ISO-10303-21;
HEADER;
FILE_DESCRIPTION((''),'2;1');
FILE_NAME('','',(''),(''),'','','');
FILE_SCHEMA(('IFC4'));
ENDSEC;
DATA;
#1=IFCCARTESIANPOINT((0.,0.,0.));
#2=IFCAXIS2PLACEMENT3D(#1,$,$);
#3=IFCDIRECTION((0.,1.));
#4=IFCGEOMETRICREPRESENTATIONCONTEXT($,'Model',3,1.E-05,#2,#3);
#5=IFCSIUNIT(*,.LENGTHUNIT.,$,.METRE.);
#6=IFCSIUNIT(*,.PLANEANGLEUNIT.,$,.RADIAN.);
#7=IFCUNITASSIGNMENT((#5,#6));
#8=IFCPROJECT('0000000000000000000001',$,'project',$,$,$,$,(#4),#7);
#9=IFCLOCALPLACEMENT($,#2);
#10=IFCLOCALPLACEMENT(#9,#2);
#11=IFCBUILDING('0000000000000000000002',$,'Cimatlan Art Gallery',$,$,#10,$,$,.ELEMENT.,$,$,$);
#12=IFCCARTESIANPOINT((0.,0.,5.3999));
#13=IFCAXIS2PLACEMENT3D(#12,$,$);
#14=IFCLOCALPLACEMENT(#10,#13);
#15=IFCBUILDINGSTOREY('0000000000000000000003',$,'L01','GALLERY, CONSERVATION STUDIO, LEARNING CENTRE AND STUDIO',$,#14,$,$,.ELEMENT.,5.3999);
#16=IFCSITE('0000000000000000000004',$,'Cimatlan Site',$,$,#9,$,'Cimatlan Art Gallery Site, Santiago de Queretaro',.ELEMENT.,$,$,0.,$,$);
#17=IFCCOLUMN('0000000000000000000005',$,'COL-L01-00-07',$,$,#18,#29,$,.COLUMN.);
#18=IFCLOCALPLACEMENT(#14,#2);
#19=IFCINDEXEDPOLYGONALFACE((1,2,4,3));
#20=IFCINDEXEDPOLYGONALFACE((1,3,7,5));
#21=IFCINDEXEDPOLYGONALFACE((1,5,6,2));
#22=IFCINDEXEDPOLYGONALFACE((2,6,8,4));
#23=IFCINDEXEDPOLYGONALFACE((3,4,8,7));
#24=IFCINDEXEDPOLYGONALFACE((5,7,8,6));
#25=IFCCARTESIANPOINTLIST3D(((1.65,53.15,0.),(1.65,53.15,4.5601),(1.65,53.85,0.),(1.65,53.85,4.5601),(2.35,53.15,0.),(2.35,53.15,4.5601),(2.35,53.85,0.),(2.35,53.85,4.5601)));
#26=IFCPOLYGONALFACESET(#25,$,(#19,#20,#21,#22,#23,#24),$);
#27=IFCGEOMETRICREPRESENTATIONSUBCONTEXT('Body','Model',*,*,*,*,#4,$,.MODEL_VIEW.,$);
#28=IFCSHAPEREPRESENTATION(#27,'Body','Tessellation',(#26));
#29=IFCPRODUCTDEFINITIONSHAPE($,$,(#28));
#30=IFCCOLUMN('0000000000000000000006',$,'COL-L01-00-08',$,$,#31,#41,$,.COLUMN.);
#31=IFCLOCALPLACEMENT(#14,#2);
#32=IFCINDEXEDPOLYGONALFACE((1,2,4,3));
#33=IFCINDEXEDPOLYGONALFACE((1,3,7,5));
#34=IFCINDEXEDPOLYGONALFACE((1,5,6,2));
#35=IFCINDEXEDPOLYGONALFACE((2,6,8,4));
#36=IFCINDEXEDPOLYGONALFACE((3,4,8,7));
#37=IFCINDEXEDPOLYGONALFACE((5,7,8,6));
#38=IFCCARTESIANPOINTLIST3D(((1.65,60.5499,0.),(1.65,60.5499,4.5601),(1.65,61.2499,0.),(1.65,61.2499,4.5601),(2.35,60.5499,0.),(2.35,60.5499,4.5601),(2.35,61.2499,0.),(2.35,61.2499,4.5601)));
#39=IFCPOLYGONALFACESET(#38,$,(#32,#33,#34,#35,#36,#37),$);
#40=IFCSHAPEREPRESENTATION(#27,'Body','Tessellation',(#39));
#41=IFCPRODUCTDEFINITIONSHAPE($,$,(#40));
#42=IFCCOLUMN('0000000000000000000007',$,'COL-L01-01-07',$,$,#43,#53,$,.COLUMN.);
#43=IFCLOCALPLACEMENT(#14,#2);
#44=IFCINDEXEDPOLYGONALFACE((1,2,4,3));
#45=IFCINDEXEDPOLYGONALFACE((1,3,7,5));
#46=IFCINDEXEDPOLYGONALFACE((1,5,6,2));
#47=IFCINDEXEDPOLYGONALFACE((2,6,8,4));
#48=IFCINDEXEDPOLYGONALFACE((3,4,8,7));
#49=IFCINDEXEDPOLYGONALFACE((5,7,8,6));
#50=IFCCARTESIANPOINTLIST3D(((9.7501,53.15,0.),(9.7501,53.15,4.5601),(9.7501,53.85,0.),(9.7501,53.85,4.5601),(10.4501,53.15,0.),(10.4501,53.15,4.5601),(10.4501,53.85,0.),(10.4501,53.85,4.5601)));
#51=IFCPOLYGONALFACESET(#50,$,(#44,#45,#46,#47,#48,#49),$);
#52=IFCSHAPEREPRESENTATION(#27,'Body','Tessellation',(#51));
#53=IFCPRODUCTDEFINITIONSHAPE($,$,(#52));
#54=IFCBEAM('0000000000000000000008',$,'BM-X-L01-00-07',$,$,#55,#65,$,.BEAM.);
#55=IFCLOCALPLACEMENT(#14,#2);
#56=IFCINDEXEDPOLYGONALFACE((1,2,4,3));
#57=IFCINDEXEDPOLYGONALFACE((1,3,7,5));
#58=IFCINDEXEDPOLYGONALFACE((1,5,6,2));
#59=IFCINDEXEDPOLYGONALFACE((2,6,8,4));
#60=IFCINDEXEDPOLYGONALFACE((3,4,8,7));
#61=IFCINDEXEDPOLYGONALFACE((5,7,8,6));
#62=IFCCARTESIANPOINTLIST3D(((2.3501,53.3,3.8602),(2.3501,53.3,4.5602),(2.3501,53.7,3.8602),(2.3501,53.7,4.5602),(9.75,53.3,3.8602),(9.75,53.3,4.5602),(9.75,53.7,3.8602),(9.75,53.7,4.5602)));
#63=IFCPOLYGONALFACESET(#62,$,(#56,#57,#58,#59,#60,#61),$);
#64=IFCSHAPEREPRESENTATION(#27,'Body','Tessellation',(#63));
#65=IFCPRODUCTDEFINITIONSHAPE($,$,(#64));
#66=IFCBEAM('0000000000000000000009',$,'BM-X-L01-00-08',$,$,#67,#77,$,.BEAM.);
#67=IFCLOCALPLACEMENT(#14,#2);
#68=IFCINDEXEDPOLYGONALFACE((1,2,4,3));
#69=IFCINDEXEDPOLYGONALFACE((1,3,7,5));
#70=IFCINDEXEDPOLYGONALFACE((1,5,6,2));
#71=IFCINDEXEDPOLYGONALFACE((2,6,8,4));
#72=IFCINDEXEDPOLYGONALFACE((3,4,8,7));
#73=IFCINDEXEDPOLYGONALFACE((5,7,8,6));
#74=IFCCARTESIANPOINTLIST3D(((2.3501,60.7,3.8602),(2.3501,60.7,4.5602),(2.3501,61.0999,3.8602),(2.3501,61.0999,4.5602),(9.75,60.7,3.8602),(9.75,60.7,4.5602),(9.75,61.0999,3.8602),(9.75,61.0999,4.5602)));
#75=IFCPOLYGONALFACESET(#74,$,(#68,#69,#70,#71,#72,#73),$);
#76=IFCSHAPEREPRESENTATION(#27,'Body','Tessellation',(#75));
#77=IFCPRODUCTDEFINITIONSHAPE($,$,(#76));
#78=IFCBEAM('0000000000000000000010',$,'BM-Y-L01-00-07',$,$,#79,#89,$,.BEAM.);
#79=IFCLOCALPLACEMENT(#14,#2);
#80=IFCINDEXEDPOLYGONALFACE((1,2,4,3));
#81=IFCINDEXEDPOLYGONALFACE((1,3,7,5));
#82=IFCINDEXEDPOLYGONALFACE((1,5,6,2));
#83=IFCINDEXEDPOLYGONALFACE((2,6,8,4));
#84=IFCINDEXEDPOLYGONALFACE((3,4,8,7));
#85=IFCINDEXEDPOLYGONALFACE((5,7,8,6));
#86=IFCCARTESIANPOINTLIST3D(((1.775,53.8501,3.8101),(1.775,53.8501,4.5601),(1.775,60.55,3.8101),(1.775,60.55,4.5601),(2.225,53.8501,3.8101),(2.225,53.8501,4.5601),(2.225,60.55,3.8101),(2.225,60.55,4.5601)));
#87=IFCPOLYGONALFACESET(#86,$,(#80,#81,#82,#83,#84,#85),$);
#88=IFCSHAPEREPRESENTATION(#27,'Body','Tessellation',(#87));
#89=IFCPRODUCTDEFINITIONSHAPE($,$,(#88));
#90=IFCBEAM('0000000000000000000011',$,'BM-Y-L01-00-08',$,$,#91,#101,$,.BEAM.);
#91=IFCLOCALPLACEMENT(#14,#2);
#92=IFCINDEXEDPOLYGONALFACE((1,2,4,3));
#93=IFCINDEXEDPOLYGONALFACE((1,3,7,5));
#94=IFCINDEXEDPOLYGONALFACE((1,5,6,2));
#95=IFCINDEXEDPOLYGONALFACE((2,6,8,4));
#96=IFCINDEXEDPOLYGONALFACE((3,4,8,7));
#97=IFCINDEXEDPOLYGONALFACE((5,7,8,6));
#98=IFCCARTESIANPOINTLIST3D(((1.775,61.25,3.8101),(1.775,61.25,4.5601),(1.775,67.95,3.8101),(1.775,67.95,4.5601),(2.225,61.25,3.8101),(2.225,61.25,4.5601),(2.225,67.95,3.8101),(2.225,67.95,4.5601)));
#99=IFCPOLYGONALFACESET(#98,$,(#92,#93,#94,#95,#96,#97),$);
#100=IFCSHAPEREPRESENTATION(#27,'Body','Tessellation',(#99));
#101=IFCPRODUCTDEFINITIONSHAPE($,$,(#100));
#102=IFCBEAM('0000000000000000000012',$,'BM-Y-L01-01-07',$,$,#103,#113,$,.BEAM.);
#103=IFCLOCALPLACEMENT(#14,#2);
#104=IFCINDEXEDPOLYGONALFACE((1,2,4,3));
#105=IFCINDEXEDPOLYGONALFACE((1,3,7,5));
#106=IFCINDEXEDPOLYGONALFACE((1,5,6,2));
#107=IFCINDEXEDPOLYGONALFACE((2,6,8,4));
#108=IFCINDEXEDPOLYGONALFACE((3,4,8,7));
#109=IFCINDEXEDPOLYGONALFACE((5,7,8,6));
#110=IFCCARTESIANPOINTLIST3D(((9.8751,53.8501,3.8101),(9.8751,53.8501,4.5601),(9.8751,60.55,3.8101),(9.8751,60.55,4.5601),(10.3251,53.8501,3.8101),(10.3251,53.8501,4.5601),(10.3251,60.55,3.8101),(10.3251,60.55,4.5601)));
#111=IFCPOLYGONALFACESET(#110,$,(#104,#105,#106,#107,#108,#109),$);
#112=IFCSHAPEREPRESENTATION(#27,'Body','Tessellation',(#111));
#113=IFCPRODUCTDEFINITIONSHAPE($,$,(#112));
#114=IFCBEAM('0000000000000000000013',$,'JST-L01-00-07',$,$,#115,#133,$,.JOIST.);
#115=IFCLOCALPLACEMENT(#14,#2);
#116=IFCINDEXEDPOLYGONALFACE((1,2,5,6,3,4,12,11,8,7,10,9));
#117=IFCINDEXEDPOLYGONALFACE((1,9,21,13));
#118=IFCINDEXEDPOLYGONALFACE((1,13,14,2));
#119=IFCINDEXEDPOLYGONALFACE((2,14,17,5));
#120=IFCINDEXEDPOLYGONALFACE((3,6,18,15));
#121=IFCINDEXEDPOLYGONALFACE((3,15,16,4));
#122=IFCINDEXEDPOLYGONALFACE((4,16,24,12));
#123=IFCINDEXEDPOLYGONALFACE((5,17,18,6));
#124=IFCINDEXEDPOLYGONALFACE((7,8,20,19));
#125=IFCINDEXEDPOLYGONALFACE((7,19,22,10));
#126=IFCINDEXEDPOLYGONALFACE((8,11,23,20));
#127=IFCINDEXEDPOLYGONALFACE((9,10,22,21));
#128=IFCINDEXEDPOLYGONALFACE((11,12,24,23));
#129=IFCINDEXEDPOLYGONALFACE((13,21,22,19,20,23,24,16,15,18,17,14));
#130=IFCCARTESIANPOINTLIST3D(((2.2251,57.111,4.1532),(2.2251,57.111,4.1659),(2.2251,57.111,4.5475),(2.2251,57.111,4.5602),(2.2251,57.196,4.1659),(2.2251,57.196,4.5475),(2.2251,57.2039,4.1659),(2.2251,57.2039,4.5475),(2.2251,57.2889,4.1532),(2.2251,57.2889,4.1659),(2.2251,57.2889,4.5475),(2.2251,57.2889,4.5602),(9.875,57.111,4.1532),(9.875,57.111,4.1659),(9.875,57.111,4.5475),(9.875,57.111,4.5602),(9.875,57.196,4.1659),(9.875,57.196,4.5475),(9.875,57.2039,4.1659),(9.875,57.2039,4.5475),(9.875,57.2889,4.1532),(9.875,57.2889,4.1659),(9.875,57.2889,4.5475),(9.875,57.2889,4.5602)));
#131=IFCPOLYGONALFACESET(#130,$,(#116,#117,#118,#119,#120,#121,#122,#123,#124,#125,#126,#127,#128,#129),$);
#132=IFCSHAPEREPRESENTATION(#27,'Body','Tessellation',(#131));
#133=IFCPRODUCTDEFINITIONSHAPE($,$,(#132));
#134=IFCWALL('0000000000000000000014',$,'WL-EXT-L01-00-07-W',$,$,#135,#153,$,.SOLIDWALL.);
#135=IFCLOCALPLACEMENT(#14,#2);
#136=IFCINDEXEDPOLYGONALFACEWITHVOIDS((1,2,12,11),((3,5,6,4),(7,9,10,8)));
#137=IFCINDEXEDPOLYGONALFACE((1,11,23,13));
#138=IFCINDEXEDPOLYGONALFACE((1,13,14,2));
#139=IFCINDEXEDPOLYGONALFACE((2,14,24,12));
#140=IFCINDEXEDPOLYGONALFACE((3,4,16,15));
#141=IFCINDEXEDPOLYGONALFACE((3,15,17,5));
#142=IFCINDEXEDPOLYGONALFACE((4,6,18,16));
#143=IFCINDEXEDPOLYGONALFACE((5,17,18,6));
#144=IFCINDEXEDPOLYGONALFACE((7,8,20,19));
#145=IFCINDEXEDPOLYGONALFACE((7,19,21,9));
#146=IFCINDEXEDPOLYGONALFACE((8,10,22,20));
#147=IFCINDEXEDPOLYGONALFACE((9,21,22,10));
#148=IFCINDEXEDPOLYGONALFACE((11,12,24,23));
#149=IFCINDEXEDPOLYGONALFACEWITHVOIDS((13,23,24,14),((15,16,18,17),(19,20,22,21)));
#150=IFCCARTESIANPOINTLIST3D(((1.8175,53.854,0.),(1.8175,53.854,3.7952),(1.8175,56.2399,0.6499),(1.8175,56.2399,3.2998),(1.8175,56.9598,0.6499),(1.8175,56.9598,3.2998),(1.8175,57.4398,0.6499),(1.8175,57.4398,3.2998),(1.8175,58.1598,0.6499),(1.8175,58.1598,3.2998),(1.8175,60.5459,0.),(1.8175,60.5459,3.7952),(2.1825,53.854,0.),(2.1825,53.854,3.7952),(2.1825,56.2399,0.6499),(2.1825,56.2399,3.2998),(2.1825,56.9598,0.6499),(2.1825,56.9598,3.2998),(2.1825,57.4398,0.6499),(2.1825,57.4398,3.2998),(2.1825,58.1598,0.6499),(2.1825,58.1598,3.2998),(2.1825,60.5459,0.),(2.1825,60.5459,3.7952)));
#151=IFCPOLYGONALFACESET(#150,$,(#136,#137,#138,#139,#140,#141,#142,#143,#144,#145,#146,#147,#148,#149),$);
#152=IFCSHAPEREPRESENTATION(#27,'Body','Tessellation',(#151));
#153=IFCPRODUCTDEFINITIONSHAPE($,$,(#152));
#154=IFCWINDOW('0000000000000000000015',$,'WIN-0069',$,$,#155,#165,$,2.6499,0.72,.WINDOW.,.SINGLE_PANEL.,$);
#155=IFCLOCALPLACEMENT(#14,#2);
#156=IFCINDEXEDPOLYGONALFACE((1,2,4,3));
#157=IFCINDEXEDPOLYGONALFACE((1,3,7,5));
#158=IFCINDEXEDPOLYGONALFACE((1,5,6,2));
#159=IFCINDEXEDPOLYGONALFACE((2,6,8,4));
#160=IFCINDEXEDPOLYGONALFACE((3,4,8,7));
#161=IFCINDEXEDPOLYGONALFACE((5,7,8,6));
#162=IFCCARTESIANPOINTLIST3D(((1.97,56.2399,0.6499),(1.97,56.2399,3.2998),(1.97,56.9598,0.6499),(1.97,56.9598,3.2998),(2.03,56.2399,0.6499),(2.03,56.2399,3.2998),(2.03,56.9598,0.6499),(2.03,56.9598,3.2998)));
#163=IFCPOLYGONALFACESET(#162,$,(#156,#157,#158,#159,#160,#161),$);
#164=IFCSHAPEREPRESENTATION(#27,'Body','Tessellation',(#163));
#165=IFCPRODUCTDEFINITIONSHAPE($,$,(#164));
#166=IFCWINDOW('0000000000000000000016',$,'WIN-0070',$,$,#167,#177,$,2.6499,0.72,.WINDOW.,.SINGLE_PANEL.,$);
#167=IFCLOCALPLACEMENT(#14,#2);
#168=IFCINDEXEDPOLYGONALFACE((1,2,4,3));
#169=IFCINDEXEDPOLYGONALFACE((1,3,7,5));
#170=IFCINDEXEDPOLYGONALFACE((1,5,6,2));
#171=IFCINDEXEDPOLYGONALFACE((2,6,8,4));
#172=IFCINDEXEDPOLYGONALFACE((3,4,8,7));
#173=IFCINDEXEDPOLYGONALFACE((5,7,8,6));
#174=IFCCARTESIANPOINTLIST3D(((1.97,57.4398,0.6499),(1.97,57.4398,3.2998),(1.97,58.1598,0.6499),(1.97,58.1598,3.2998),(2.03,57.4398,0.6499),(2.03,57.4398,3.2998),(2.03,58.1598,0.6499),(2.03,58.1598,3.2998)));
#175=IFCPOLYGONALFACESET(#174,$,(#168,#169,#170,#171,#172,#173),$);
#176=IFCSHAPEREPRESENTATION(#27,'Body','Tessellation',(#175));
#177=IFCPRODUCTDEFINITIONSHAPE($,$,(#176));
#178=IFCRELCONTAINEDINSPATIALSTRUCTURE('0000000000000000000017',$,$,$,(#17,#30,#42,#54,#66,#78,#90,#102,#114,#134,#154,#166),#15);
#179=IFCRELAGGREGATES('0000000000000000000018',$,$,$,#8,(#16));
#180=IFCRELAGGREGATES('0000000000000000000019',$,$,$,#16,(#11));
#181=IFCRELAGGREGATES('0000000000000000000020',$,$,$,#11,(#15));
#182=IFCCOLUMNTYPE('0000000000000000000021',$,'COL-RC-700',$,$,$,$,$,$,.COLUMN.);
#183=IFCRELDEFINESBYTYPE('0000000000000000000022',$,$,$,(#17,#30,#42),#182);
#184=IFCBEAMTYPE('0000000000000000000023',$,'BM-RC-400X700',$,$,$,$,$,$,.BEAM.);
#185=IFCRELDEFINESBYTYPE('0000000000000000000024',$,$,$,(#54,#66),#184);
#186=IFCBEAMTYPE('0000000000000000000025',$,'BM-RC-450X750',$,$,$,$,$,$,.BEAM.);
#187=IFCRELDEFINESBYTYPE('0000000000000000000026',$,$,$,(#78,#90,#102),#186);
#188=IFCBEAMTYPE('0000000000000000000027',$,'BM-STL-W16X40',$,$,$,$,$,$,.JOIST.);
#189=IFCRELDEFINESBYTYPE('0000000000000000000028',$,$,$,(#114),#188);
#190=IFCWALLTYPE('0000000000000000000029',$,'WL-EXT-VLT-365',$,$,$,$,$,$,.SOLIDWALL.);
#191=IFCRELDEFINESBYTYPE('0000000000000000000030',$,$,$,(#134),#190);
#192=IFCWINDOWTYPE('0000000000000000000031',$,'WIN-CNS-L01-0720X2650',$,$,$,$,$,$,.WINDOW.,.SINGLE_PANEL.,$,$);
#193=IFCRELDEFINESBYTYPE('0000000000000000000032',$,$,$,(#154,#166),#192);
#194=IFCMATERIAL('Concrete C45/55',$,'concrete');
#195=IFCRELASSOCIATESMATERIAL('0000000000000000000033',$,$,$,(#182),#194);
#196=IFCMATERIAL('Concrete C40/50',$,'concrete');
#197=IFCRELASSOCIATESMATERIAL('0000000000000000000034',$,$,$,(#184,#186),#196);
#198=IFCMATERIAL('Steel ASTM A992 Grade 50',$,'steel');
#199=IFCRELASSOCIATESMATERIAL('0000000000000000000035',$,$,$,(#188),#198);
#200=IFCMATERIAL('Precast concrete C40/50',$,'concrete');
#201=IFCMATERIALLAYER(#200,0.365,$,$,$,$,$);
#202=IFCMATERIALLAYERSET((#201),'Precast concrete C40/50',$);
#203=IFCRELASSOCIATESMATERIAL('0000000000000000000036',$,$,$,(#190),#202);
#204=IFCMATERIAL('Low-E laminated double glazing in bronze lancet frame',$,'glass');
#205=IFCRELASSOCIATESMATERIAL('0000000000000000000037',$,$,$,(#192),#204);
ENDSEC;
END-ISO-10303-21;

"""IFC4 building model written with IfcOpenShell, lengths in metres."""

from ifc_helpers import new_model, si_unit, direction, frame, frame_2d, origin, origin_2d, place, context, subcontext, project, spatial, rectangle, i_section, extrude, material, layer, layer_set, material_profile, profile_set, type_object, element, fill, save


model = new_model("IFC4")

# Units and contexts
model_context = context("Model", 3, precision=1e-05, world=origin(), true_north=direction((0.0, 1.0)))
body_context = subcontext(model_context, "Body", "Model", "MODEL_VIEW")
ifc_project = project(units=[si_unit("LENGTHUNIT", "METRE"), si_unit("PLANEANGLEUNIT", "RADIAN")], contexts=[model_context])

# Site, building, storey
site_placement = place(None, origin())
site = spatial("IfcSite", under=ifc_project, at=site_placement, Name="Cimatlan Site", LongName="Cimatlan Art Gallery Site, Santiago de Queretaro", CompositionType="ELEMENT", RefElevation=0.0)
building_placement = place(site_placement, origin())
building = spatial("IfcBuilding", under=site, at=building_placement, Name="Cimatlan Art Gallery", CompositionType="ELEMENT")
storey_placement = place(building_placement, frame((0.0, 0.0, 5.3999)))
storey = spatial("IfcBuildingStorey", under=building, at=storey_placement, Name="L01", Description="GALLERY, CONSERVATION STUDIO, LEARNING CENTRE AND STUDIO", CompositionType="ELEMENT", Elevation=5.3999)

# Columns
ifc_material_1 = material(Name="Concrete C45/55", Category="concrete")
ifc_material_profile_1 = material_profile(ifc_material_1, rectangle(XDim=0.7, YDim=0.7, at=origin_2d()), Name="RC700X700")
ifc_profile_set_1 = profile_set([ifc_material_profile_1], Name="Concrete C45/55")
column_type = type_object("IfcColumnType", Name="COL-RC-700", PredefinedType="COLUMN", material=ifc_profile_set_1)
for number, where, z_axis, x_axis, name in (
    (1, (2.0, 53.5, 0.0), (0.0, 0.0, 1.0), (1.0, 0.0, 0.0), "COL-L01-00-07"),
    (2, (2.0, 60.8999, 0.0), (0.0, 0.0, 1.0), (1.0, 0.0, 0.0), "COL-L01-00-08"),
    (3, (10.1001, 53.5, 0.0), (0.0, 0.0, 1.0), (1.0, 0.0, 0.0), "COL-L01-01-07"),
):
    element("IfcColumn", number, at=place(storey_placement, frame(where, z_axis=z_axis, x_axis=x_axis)), inside=storey, type_object=column_type, Name=name, PredefinedType="COLUMN", context=body_context, shape_type="SweptSolid", body=[
        extrude(rectangle(XDim=0.7, YDim=0.7, at=origin_2d()), origin(), (0.0, 0.0, 1.0), 4.5601),
    ])

# Beams
ifc_material_2 = material(Name="Concrete C40/50", Category="concrete")
ifc_material_profile_2 = material_profile(ifc_material_2, rectangle(XDim=0.3999, YDim=0.7, at=origin_2d()), Name="RC400X700")
ifc_profile_set_2 = profile_set([ifc_material_profile_2], Name="Concrete C40/50")
beam_type_1 = type_object("IfcBeamType", Name="BM-RC-400X700", PredefinedType="BEAM", material=ifc_profile_set_2)
for number, where, z_axis, x_axis, name in (
    (4, (2.3501, 53.5, 4.2102), (1.0, 0.0, 0.0), (0.0, 1.0, 0.0), "BM-X-L01-00-07"),
    (5, (2.3501, 60.8999, 4.2102), (1.0, 0.0, 0.0), (0.0, 1.0, 0.0), "BM-X-L01-00-08"),
):
    element("IfcBeam", number, at=place(storey_placement, frame(where, z_axis=z_axis, x_axis=x_axis)), inside=storey, type_object=beam_type_1, Name=name, PredefinedType="BEAM", context=body_context, shape_type="SweptSolid", body=[
        extrude(rectangle(XDim=0.3999, YDim=0.7, at=origin_2d()), origin(), (0.0, 0.0, 1.0), 7.3999),
    ])
ifc_material_profile_3 = material_profile(ifc_material_2, rectangle(XDim=0.45, YDim=0.75, at=origin_2d()), Name="RC450X750")
ifc_profile_set_3 = profile_set([ifc_material_profile_3], Name="Concrete C40/50")
beam_type_2 = type_object("IfcBeamType", Name="BM-RC-450X750", PredefinedType="BEAM", material=ifc_profile_set_3)
for number, where, z_axis, x_axis, name in (
    (6, (2.0, 53.8501, 4.1851), (0.0, 1.0, 0.0), (-1.0, 0.0, 0.0), "BM-Y-L01-00-07"),
    (7, (2.0, 61.25, 4.1851), (0.0, 1.0, 0.0), (-1.0, 0.0, 0.0), "BM-Y-L01-00-08"),
    (8, (10.1001, 53.8501, 4.1851), (0.0, 1.0, 0.0), (-1.0, 0.0, 0.0), "BM-Y-L01-01-07"),
):
    element("IfcBeam", number, at=place(storey_placement, frame(where, z_axis=z_axis, x_axis=x_axis)), inside=storey, type_object=beam_type_2, Name=name, PredefinedType="BEAM", context=body_context, shape_type="SweptSolid", body=[
        extrude(rectangle(XDim=0.45, YDim=0.75, at=origin_2d()), origin(), (0.0, 0.0, 1.0), 6.7),
    ])
ifc_material_3 = material(Name="Steel ASTM A992 Grade 50", Category="steel")
ifc_material_profile_4 = material_profile(ifc_material_3, i_section(OverallWidth=0.178, OverallDepth=0.407, WebThickness=0.0078, FlangeThickness=0.0127, at=origin_2d()), Name="W16X40")
ifc_profile_set_4 = profile_set([ifc_material_profile_4], Name="Steel ASTM A992 Grade 50")
beam_type_3 = type_object("IfcBeamType", Name="BM-STL-W16X40", PredefinedType="JOIST", material=ifc_profile_set_4)
beam_placement = place(storey_placement, frame((2.2251, 57.2, 4.3567), z_axis=(1.0, 0.0, 0.0), x_axis=(0.0, 1.0, 0.0)))
element("IfcBeam", 9, at=beam_placement, inside=storey, type_object=beam_type_3, Name="JST-L01-00-07", PredefinedType="JOIST", context=body_context, shape_type="SweptSolid", body=[
    extrude(i_section(OverallWidth=0.178, OverallDepth=0.407, WebThickness=0.0078, FlangeThickness=0.0127, at=origin_2d()), origin(), (0.0, 0.0, 1.0), 7.6499),
])

# Shared definitions
ifc_material_4 = material(Name="Precast concrete C40/50", Category="concrete")

# Wall, openings, windows
ifc_layer_1 = layer(ifc_material_4, 0.365)
ifc_layer_set_1 = layer_set([ifc_layer_1], Name="Precast concrete C40/50")
wall_type_1 = type_object("IfcWallType", Name="WL-EXT-VLT-365", PredefinedType="SOLIDWALL", material=ifc_layer_set_1)
wall_1_placement = place(storey_placement, frame((2.0, 53.854, 0.0), z_axis=(0.0, 0.0, 1.0), x_axis=(0.0, 1.0, 0.0)))
wall_1 = element("IfcWall", 10, at=wall_1_placement, inside=storey, type_object=wall_type_1, Name="WL-EXT-L01-00-07-W", PredefinedType="SOLIDWALL", context=body_context, shape_type="SweptSolid", body=[
    extrude(rectangle(XDim=6.6919, YDim=0.365, at=frame_2d((3.3459, 0.0))), origin(), (0.0, 0.0, 1.0), 3.7952),
])
opening_1_placement = place(wall_1_placement, frame((2.386, 0.0, 0.6499)))
opening_1 = element("IfcOpeningElement", 11, at=opening_1_placement, cuts=wall_1, PredefinedType="OPENING", context=body_context, shape_type="SweptSolid", body=[
    extrude(rectangle(XDim=0.72, YDim=2.6499, at=frame_2d((0.3599, 1.325))), frame((0.0, 0.1924, 0.0), z_axis=(0.0, -1.0, 0.0), x_axis=(1.0, 0.0, 0.0)), (0.0, 0.0, 1.0), 0.385),
])
opening_2_placement = place(wall_1_placement, frame((3.5859, 0.0, 0.6499)))
opening_2 = element("IfcOpeningElement", 12, at=opening_2_placement, cuts=wall_1, PredefinedType="OPENING", context=body_context, shape_type="SweptSolid", body=[
    extrude(rectangle(XDim=0.72, YDim=2.6499, at=frame_2d((0.3599, 1.325))), frame((0.0, 0.1924, 0.0), z_axis=(0.0, -1.0, 0.0), x_axis=(1.0, 0.0, 0.0)), (0.0, 0.0, 1.0), 0.385),
])
ifc_material_5 = material(Name="Low-E laminated double glazing in bronze lancet frame", Category="glass")
window_type = type_object("IfcWindowType", Name="WIN-CNS-L01-0720X2650", PartitioningType="SINGLE_PANEL", PredefinedType="WINDOW", material=ifc_material_5)
window_1_placement = place(opening_1_placement, origin())
window_1 = element("IfcWindow", 13, at=window_1_placement, inside=storey, type_object=window_type, Name="WIN-0069", OverallHeight=2.6499, OverallWidth=0.72, PartitioningType="SINGLE_PANEL", PredefinedType="WINDOW", context=body_context, shape_type="SweptSolid", body=[
    extrude(rectangle(XDim=0.72, YDim=2.6499, at=frame_2d((0.3599, 1.325))), frame((0.0, 0.03, 0.0), z_axis=(0.0, -1.0, 0.0), x_axis=(1.0, 0.0, 0.0)), (0.0, 0.0, 1.0), 0.0601),
])
fill(opening_1, window_1)
window_2_placement = place(opening_2_placement, origin())
window_2 = element("IfcWindow", 14, at=window_2_placement, inside=storey, type_object=window_type, Name="WIN-0070", OverallHeight=2.6499, OverallWidth=0.72, PartitioningType="SINGLE_PANEL", PredefinedType="WINDOW", context=body_context, shape_type="SweptSolid", body=[
    extrude(rectangle(XDim=0.72, YDim=2.6499, at=frame_2d((0.3599, 1.325))), frame((0.0, 0.03, 0.0), z_axis=(0.0, -1.0, 0.0), x_axis=(1.0, 0.0, 0.0)), (0.0, 0.0, 1.0), 0.0601),
])
fill(opening_2, window_2)

save(model, "model.ifc")
